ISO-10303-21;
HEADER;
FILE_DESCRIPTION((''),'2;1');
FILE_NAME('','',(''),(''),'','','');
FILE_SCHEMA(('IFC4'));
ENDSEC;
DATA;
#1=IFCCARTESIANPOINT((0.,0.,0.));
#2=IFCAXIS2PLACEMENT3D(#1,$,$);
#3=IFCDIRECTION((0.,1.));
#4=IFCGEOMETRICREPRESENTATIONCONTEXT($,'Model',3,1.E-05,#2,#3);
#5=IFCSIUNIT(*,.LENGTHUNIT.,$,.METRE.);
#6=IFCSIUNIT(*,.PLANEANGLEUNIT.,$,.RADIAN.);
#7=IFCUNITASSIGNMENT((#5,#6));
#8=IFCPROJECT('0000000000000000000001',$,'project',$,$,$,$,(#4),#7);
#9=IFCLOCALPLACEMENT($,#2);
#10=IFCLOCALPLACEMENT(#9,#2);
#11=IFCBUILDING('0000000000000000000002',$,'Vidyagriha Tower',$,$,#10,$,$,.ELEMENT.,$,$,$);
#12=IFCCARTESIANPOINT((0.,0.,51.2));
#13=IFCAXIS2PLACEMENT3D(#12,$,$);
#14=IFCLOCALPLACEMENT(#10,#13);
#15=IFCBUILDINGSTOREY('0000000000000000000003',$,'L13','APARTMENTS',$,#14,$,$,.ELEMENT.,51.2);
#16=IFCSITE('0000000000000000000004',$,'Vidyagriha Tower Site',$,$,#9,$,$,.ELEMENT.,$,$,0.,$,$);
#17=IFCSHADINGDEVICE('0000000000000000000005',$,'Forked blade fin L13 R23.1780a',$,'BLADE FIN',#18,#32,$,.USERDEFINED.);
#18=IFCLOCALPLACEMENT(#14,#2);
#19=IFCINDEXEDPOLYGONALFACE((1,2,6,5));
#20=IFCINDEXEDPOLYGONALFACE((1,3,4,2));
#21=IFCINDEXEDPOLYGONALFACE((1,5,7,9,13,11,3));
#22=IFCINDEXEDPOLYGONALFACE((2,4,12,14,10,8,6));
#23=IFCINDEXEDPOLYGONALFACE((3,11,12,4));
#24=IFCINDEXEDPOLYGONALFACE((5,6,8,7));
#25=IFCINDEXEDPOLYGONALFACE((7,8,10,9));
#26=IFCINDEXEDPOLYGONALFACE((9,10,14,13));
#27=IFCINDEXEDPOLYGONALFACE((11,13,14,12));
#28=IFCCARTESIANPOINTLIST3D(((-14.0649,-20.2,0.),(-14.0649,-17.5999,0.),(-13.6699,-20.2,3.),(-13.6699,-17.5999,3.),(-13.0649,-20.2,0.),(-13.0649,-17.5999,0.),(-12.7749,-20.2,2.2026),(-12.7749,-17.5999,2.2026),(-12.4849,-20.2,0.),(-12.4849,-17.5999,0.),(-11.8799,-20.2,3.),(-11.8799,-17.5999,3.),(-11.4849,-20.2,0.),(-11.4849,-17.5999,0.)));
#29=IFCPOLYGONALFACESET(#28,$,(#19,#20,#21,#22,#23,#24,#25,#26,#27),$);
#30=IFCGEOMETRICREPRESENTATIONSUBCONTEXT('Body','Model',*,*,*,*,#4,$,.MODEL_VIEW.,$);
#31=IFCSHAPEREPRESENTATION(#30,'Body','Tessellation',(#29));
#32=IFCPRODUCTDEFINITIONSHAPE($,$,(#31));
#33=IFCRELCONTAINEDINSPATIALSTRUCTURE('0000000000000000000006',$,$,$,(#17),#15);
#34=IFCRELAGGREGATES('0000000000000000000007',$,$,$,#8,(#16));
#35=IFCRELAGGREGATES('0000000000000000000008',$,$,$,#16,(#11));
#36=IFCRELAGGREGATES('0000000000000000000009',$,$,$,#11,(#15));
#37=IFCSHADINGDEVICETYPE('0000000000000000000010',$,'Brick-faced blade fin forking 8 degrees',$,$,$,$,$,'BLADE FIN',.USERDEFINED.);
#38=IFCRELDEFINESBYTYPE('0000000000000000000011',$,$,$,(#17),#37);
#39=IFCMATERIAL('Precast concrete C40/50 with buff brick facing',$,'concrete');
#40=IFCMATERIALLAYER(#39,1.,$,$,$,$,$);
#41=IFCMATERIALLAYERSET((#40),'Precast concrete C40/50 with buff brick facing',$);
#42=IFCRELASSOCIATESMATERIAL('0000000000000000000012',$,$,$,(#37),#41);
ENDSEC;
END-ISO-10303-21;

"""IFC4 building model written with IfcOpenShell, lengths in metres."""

from ifc_helpers import new_model, si_unit, direction, frame, origin, place, context, subcontext, project, spatial, polyline, outline, extrude, material, layer, layer_set, type_object, element, save


model = new_model("IFC4")

# Units and contexts
model_context = context("Model", 3, precision=1e-05, world=origin(), true_north=direction((0.0, 1.0)))
body_context = subcontext(model_context, "Body", "Model", "MODEL_VIEW")
ifc_project = project(units=[si_unit("LENGTHUNIT", "METRE"), si_unit("PLANEANGLEUNIT", "RADIAN")], contexts=[model_context])

# Site, building, storey
site_placement = place(None, origin())
site = spatial("IfcSite", under=ifc_project, at=site_placement, Name="Vidyagriha Tower Site", CompositionType="ELEMENT", RefElevation=0.0)
building_placement = place(site_placement, origin())
building = spatial("IfcBuilding", under=site, at=building_placement, Name="Vidyagriha Tower", CompositionType="ELEMENT")
storey_placement = place(building_placement, frame((0.0, 0.0, 51.2)))
storey = spatial("IfcBuildingStorey", under=building, at=storey_placement, Name="L13", Description="APARTMENTS", CompositionType="ELEMENT", Elevation=51.2)

# Shading device
ifc_material_1 = material(Name="Precast concrete C40/50 with buff brick facing", Category="concrete")
ifc_layer_1 = layer(ifc_material_1, 1.0)
ifc_layer_set_1 = layer_set([ifc_layer_1], Name="Precast concrete C40/50 with buff brick facing")
shading_device_type_1 = type_object("IfcShadingDeviceType", Name="Brick-faced blade fin forking 8 degrees", ElementType="BLADE FIN", PredefinedType="USERDEFINED", material=ifc_layer_set_1)
shading_device_1_placement = place(storey_placement, frame((-14.0649, -18.8999, 0.0)))
element("IfcShadingDevice", 1, at=shading_device_1_placement, inside=storey, type_object=shading_device_type_1, Name="Forked blade fin L13 R23.1780a", ObjectType="BLADE FIN", PredefinedType="USERDEFINED", context=body_context, shape_type="SweptSolid", body=[
    extrude(outline(polyline([(1.0, 0.0), (1.29, 2.2026), (1.5801, 0.0), (2.5801, 0.0), (2.1851, 3.0), (0.395, 3.0), (0.0, 0.0), (1.0, 0.0)])), frame((0.0, 1.3, 0.0), z_axis=(0.0, -1.0, 0.0), x_axis=(1.0, 0.0, 0.0)), (0.0, 0.0, 1.0), 2.6001),
])

save(model, "model.ifc")
